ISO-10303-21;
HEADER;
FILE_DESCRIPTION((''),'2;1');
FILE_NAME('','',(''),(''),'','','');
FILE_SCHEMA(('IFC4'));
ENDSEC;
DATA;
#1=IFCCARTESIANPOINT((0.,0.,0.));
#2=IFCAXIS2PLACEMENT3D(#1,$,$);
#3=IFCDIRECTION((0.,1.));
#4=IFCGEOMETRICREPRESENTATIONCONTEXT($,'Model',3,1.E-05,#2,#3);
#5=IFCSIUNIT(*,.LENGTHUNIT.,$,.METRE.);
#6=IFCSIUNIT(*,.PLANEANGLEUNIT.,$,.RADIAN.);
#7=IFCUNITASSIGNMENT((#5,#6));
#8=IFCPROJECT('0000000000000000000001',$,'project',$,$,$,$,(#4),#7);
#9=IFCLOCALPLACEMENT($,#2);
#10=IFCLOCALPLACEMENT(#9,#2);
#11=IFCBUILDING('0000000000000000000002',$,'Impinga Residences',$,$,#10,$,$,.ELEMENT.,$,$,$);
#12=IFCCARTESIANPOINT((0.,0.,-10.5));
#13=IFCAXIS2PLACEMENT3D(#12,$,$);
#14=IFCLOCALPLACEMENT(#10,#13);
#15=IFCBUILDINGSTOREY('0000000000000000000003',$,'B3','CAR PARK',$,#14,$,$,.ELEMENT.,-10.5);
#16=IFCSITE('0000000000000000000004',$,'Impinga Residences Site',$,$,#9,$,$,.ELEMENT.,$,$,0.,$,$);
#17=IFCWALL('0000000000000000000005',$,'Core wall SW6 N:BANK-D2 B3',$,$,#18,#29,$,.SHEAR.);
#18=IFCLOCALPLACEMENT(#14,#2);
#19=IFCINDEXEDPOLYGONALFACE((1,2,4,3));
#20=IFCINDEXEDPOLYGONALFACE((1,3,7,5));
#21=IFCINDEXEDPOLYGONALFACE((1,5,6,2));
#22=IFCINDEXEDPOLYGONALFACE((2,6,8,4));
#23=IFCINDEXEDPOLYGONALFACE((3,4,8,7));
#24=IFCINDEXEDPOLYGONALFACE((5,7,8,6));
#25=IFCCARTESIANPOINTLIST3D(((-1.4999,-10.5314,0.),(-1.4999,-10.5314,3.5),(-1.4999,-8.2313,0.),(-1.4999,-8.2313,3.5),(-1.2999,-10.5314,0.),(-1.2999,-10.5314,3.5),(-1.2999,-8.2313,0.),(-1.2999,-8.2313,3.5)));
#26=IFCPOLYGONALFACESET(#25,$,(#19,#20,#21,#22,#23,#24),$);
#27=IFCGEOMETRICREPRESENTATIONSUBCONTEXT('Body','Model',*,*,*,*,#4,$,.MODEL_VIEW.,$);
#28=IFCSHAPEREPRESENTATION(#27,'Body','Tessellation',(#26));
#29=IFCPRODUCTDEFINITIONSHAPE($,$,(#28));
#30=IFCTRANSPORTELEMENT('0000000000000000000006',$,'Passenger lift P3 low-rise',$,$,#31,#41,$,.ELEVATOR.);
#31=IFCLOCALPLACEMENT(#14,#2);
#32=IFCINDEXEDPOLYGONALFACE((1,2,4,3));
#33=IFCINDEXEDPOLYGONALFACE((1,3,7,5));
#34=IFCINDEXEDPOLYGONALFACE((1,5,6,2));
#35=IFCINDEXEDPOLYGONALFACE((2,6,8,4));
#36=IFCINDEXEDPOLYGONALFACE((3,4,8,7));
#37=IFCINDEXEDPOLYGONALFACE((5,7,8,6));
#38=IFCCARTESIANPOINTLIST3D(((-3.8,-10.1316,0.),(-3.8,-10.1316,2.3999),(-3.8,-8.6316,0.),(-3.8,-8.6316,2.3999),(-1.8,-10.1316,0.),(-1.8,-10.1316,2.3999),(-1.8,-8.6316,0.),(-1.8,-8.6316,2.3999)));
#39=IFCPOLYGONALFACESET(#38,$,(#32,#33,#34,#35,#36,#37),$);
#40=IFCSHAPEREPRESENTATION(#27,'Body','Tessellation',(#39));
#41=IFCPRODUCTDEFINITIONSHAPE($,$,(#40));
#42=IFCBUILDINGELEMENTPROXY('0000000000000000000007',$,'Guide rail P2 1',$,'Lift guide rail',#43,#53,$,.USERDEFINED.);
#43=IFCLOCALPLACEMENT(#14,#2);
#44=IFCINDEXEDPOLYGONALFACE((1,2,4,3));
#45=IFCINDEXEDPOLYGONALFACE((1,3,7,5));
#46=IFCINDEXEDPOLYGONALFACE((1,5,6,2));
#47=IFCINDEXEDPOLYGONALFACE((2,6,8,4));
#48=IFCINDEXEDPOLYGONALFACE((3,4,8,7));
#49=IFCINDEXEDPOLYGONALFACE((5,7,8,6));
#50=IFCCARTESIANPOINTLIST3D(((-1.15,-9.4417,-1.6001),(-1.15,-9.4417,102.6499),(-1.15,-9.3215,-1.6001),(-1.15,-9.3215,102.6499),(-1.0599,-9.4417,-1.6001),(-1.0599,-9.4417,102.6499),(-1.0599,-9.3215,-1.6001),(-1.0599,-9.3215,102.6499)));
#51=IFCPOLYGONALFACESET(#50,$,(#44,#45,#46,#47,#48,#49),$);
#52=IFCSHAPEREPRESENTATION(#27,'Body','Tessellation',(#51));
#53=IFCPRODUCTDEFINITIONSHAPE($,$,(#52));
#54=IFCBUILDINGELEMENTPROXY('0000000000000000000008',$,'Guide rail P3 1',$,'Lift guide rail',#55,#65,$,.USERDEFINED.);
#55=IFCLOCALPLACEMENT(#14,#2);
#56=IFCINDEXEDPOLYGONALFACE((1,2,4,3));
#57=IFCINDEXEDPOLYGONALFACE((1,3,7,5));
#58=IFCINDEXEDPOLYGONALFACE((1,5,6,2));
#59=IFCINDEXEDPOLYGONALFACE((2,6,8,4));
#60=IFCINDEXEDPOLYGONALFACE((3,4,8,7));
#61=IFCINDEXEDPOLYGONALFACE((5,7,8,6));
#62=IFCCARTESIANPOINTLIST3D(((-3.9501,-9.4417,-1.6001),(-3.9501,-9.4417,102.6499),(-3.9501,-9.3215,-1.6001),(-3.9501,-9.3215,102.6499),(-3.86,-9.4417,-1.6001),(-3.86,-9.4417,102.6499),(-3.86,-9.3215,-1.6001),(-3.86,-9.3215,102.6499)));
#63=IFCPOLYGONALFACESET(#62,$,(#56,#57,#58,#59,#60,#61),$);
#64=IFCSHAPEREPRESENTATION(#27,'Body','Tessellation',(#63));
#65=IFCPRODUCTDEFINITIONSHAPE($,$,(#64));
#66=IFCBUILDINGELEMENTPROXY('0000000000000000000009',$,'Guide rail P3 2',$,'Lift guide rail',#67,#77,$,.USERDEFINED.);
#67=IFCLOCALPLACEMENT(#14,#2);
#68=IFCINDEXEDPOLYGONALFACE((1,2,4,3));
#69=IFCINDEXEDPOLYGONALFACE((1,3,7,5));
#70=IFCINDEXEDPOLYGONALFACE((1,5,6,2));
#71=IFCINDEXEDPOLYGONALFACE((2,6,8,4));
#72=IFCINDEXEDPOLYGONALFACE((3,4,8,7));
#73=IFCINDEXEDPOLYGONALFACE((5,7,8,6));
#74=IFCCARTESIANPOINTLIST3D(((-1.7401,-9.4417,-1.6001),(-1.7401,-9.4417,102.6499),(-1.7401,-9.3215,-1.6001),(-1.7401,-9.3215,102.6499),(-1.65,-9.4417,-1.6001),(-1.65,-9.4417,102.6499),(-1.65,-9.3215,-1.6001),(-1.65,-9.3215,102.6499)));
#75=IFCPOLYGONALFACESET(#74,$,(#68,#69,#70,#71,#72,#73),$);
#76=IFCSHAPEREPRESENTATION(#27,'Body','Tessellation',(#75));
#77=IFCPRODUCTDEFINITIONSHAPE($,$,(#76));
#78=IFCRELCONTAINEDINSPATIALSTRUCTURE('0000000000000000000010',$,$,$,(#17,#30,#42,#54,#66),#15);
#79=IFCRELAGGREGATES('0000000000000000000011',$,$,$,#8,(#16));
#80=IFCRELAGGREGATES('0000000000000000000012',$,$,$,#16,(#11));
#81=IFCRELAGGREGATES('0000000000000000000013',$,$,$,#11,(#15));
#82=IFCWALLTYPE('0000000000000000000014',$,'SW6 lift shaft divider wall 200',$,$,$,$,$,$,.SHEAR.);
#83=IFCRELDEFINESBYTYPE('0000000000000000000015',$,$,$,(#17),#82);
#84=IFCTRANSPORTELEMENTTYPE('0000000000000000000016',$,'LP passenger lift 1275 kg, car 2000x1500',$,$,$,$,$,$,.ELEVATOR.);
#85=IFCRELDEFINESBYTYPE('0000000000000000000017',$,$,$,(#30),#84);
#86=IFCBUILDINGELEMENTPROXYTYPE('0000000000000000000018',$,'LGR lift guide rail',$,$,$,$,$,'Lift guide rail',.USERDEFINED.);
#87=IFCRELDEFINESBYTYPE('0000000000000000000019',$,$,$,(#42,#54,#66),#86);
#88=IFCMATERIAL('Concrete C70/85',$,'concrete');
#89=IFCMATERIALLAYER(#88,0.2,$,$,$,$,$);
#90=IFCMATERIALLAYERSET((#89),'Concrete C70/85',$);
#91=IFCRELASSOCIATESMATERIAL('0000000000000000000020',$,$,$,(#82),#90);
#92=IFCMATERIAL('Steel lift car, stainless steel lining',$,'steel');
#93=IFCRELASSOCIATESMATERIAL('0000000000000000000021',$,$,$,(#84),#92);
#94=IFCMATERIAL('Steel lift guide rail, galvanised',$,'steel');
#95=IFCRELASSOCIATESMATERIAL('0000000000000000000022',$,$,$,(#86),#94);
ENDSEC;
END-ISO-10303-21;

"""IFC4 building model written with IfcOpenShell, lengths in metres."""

from ifc_helpers import new_model, si_unit, direction, frame, frame_2d, origin, origin_2d, place, context, subcontext, project, spatial, rectangle, extrude, material, layer, layer_set, type_object, element, save


model = new_model("IFC4")

# Units and contexts
model_context = context("Model", 3, precision=1e-05, world=origin(), true_north=direction((0.0, 1.0)))
body_context = subcontext(model_context, "Body", "Model", "MODEL_VIEW")
ifc_project = project(units=[si_unit("LENGTHUNIT", "METRE"), si_unit("PLANEANGLEUNIT", "RADIAN")], contexts=[model_context])

# Site, building, storey
site_placement = place(None, origin())
site = spatial("IfcSite", under=ifc_project, at=site_placement, Name="Impinga Residences Site", CompositionType="ELEMENT", RefElevation=0.0)
building_placement = place(site_placement, origin())
building = spatial("IfcBuilding", under=site, at=building_placement, Name="Impinga Residences", CompositionType="ELEMENT")
storey_placement = place(building_placement, frame((0.0, 0.0, -10.5)))
storey = spatial("IfcBuildingStorey", under=building, at=storey_placement, Name="B3", Description="CAR PARK", CompositionType="ELEMENT", Elevation=-10.5)

# Shared definitions
ifc_material_1 = material(Name="Concrete C70/85", Category="concrete")

# Wall
ifc_layer_1 = layer(ifc_material_1, 0.2)
ifc_layer_set_1 = layer_set([ifc_layer_1], Name="Concrete C70/85")
wall_type_1 = type_object("IfcWallType", Name="SW6 lift shaft divider wall 200", PredefinedType="SHEAR", material=ifc_layer_set_1)
wall_1_placement = place(storey_placement, frame((-1.3999, -8.2314, 0.0), z_axis=(0.0, 0.0, 1.0), x_axis=(0.0, -1.0, 0.0)))
element("IfcWall", 1, at=wall_1_placement, inside=storey, type_object=wall_type_1, Name="Core wall SW6 N:BANK-D2 B3", PredefinedType="SHEAR", context=body_context, shape_type="SweptSolid", body=[
    extrude(rectangle(XDim=2.3, YDim=0.2, at=frame_2d((1.1499, 0.0))), origin(), (0.0, 0.0, 1.0), 3.5),
])

# Transport element
ifc_material_2 = material(Name="Steel lift car, stainless steel lining", Category="steel")
transport_element_type = type_object("IfcTransportElementType", Name="LP passenger lift 1275 kg, car 2000x1500", PredefinedType="ELEVATOR", material=ifc_material_2)
transport_element_placement = place(storey_placement, frame((-2.8, -9.3816, 0.0), z_axis=(0.0, 0.0, 1.0), x_axis=(1.0, 0.0, 0.0)))
element("IfcTransportElement", 2, at=transport_element_placement, inside=storey, type_object=transport_element_type, Name="Passenger lift P3 low-rise", PredefinedType="ELEVATOR", context=body_context, shape_type="SweptSolid", body=[
    extrude(rectangle(XDim=2.0, YDim=1.5, at=origin_2d()), origin(), (0.0, 0.0, 1.0), 2.3999),
])

# Building element proxies
ifc_material_3 = material(Name="Steel lift guide rail, galvanised", Category="steel")
building_element_proxy_type = type_object("IfcBuildingElementProxyType", Name="LGR lift guide rail", ElementType="Lift guide rail", PredefinedType="USERDEFINED", material=ifc_material_3)
for number, where, z_axis, x_axis, name in (
    (3, (-1.105, -9.3816, -1.6001), (0.0, 0.0, 1.0), (1.0, 0.0, 0.0), "Guide rail P2 1"),
    (4, (-3.905, -9.3816, -1.6001), (0.0, 0.0, 1.0), (1.0, 0.0, 0.0), "Guide rail P3 1"),
    (5, (-1.6951, -9.3816, -1.6001), (0.0, 0.0, 1.0), (1.0, 0.0, 0.0), "Guide rail P3 2"),
):
    element("IfcBuildingElementProxy", number, at=place(storey_placement, frame(where, z_axis=z_axis, x_axis=x_axis)), inside=storey, type_object=building_element_proxy_type, Name=name, ObjectType="Lift guide rail", PredefinedType="USERDEFINED", context=body_context, shape_type="SweptSolid", body=[
        extrude(rectangle(XDim=0.0901, YDim=0.1201, at=origin_2d()), origin(), (0.0, 0.0, 1.0), 104.25),
    ])

save(model, "model.ifc")
